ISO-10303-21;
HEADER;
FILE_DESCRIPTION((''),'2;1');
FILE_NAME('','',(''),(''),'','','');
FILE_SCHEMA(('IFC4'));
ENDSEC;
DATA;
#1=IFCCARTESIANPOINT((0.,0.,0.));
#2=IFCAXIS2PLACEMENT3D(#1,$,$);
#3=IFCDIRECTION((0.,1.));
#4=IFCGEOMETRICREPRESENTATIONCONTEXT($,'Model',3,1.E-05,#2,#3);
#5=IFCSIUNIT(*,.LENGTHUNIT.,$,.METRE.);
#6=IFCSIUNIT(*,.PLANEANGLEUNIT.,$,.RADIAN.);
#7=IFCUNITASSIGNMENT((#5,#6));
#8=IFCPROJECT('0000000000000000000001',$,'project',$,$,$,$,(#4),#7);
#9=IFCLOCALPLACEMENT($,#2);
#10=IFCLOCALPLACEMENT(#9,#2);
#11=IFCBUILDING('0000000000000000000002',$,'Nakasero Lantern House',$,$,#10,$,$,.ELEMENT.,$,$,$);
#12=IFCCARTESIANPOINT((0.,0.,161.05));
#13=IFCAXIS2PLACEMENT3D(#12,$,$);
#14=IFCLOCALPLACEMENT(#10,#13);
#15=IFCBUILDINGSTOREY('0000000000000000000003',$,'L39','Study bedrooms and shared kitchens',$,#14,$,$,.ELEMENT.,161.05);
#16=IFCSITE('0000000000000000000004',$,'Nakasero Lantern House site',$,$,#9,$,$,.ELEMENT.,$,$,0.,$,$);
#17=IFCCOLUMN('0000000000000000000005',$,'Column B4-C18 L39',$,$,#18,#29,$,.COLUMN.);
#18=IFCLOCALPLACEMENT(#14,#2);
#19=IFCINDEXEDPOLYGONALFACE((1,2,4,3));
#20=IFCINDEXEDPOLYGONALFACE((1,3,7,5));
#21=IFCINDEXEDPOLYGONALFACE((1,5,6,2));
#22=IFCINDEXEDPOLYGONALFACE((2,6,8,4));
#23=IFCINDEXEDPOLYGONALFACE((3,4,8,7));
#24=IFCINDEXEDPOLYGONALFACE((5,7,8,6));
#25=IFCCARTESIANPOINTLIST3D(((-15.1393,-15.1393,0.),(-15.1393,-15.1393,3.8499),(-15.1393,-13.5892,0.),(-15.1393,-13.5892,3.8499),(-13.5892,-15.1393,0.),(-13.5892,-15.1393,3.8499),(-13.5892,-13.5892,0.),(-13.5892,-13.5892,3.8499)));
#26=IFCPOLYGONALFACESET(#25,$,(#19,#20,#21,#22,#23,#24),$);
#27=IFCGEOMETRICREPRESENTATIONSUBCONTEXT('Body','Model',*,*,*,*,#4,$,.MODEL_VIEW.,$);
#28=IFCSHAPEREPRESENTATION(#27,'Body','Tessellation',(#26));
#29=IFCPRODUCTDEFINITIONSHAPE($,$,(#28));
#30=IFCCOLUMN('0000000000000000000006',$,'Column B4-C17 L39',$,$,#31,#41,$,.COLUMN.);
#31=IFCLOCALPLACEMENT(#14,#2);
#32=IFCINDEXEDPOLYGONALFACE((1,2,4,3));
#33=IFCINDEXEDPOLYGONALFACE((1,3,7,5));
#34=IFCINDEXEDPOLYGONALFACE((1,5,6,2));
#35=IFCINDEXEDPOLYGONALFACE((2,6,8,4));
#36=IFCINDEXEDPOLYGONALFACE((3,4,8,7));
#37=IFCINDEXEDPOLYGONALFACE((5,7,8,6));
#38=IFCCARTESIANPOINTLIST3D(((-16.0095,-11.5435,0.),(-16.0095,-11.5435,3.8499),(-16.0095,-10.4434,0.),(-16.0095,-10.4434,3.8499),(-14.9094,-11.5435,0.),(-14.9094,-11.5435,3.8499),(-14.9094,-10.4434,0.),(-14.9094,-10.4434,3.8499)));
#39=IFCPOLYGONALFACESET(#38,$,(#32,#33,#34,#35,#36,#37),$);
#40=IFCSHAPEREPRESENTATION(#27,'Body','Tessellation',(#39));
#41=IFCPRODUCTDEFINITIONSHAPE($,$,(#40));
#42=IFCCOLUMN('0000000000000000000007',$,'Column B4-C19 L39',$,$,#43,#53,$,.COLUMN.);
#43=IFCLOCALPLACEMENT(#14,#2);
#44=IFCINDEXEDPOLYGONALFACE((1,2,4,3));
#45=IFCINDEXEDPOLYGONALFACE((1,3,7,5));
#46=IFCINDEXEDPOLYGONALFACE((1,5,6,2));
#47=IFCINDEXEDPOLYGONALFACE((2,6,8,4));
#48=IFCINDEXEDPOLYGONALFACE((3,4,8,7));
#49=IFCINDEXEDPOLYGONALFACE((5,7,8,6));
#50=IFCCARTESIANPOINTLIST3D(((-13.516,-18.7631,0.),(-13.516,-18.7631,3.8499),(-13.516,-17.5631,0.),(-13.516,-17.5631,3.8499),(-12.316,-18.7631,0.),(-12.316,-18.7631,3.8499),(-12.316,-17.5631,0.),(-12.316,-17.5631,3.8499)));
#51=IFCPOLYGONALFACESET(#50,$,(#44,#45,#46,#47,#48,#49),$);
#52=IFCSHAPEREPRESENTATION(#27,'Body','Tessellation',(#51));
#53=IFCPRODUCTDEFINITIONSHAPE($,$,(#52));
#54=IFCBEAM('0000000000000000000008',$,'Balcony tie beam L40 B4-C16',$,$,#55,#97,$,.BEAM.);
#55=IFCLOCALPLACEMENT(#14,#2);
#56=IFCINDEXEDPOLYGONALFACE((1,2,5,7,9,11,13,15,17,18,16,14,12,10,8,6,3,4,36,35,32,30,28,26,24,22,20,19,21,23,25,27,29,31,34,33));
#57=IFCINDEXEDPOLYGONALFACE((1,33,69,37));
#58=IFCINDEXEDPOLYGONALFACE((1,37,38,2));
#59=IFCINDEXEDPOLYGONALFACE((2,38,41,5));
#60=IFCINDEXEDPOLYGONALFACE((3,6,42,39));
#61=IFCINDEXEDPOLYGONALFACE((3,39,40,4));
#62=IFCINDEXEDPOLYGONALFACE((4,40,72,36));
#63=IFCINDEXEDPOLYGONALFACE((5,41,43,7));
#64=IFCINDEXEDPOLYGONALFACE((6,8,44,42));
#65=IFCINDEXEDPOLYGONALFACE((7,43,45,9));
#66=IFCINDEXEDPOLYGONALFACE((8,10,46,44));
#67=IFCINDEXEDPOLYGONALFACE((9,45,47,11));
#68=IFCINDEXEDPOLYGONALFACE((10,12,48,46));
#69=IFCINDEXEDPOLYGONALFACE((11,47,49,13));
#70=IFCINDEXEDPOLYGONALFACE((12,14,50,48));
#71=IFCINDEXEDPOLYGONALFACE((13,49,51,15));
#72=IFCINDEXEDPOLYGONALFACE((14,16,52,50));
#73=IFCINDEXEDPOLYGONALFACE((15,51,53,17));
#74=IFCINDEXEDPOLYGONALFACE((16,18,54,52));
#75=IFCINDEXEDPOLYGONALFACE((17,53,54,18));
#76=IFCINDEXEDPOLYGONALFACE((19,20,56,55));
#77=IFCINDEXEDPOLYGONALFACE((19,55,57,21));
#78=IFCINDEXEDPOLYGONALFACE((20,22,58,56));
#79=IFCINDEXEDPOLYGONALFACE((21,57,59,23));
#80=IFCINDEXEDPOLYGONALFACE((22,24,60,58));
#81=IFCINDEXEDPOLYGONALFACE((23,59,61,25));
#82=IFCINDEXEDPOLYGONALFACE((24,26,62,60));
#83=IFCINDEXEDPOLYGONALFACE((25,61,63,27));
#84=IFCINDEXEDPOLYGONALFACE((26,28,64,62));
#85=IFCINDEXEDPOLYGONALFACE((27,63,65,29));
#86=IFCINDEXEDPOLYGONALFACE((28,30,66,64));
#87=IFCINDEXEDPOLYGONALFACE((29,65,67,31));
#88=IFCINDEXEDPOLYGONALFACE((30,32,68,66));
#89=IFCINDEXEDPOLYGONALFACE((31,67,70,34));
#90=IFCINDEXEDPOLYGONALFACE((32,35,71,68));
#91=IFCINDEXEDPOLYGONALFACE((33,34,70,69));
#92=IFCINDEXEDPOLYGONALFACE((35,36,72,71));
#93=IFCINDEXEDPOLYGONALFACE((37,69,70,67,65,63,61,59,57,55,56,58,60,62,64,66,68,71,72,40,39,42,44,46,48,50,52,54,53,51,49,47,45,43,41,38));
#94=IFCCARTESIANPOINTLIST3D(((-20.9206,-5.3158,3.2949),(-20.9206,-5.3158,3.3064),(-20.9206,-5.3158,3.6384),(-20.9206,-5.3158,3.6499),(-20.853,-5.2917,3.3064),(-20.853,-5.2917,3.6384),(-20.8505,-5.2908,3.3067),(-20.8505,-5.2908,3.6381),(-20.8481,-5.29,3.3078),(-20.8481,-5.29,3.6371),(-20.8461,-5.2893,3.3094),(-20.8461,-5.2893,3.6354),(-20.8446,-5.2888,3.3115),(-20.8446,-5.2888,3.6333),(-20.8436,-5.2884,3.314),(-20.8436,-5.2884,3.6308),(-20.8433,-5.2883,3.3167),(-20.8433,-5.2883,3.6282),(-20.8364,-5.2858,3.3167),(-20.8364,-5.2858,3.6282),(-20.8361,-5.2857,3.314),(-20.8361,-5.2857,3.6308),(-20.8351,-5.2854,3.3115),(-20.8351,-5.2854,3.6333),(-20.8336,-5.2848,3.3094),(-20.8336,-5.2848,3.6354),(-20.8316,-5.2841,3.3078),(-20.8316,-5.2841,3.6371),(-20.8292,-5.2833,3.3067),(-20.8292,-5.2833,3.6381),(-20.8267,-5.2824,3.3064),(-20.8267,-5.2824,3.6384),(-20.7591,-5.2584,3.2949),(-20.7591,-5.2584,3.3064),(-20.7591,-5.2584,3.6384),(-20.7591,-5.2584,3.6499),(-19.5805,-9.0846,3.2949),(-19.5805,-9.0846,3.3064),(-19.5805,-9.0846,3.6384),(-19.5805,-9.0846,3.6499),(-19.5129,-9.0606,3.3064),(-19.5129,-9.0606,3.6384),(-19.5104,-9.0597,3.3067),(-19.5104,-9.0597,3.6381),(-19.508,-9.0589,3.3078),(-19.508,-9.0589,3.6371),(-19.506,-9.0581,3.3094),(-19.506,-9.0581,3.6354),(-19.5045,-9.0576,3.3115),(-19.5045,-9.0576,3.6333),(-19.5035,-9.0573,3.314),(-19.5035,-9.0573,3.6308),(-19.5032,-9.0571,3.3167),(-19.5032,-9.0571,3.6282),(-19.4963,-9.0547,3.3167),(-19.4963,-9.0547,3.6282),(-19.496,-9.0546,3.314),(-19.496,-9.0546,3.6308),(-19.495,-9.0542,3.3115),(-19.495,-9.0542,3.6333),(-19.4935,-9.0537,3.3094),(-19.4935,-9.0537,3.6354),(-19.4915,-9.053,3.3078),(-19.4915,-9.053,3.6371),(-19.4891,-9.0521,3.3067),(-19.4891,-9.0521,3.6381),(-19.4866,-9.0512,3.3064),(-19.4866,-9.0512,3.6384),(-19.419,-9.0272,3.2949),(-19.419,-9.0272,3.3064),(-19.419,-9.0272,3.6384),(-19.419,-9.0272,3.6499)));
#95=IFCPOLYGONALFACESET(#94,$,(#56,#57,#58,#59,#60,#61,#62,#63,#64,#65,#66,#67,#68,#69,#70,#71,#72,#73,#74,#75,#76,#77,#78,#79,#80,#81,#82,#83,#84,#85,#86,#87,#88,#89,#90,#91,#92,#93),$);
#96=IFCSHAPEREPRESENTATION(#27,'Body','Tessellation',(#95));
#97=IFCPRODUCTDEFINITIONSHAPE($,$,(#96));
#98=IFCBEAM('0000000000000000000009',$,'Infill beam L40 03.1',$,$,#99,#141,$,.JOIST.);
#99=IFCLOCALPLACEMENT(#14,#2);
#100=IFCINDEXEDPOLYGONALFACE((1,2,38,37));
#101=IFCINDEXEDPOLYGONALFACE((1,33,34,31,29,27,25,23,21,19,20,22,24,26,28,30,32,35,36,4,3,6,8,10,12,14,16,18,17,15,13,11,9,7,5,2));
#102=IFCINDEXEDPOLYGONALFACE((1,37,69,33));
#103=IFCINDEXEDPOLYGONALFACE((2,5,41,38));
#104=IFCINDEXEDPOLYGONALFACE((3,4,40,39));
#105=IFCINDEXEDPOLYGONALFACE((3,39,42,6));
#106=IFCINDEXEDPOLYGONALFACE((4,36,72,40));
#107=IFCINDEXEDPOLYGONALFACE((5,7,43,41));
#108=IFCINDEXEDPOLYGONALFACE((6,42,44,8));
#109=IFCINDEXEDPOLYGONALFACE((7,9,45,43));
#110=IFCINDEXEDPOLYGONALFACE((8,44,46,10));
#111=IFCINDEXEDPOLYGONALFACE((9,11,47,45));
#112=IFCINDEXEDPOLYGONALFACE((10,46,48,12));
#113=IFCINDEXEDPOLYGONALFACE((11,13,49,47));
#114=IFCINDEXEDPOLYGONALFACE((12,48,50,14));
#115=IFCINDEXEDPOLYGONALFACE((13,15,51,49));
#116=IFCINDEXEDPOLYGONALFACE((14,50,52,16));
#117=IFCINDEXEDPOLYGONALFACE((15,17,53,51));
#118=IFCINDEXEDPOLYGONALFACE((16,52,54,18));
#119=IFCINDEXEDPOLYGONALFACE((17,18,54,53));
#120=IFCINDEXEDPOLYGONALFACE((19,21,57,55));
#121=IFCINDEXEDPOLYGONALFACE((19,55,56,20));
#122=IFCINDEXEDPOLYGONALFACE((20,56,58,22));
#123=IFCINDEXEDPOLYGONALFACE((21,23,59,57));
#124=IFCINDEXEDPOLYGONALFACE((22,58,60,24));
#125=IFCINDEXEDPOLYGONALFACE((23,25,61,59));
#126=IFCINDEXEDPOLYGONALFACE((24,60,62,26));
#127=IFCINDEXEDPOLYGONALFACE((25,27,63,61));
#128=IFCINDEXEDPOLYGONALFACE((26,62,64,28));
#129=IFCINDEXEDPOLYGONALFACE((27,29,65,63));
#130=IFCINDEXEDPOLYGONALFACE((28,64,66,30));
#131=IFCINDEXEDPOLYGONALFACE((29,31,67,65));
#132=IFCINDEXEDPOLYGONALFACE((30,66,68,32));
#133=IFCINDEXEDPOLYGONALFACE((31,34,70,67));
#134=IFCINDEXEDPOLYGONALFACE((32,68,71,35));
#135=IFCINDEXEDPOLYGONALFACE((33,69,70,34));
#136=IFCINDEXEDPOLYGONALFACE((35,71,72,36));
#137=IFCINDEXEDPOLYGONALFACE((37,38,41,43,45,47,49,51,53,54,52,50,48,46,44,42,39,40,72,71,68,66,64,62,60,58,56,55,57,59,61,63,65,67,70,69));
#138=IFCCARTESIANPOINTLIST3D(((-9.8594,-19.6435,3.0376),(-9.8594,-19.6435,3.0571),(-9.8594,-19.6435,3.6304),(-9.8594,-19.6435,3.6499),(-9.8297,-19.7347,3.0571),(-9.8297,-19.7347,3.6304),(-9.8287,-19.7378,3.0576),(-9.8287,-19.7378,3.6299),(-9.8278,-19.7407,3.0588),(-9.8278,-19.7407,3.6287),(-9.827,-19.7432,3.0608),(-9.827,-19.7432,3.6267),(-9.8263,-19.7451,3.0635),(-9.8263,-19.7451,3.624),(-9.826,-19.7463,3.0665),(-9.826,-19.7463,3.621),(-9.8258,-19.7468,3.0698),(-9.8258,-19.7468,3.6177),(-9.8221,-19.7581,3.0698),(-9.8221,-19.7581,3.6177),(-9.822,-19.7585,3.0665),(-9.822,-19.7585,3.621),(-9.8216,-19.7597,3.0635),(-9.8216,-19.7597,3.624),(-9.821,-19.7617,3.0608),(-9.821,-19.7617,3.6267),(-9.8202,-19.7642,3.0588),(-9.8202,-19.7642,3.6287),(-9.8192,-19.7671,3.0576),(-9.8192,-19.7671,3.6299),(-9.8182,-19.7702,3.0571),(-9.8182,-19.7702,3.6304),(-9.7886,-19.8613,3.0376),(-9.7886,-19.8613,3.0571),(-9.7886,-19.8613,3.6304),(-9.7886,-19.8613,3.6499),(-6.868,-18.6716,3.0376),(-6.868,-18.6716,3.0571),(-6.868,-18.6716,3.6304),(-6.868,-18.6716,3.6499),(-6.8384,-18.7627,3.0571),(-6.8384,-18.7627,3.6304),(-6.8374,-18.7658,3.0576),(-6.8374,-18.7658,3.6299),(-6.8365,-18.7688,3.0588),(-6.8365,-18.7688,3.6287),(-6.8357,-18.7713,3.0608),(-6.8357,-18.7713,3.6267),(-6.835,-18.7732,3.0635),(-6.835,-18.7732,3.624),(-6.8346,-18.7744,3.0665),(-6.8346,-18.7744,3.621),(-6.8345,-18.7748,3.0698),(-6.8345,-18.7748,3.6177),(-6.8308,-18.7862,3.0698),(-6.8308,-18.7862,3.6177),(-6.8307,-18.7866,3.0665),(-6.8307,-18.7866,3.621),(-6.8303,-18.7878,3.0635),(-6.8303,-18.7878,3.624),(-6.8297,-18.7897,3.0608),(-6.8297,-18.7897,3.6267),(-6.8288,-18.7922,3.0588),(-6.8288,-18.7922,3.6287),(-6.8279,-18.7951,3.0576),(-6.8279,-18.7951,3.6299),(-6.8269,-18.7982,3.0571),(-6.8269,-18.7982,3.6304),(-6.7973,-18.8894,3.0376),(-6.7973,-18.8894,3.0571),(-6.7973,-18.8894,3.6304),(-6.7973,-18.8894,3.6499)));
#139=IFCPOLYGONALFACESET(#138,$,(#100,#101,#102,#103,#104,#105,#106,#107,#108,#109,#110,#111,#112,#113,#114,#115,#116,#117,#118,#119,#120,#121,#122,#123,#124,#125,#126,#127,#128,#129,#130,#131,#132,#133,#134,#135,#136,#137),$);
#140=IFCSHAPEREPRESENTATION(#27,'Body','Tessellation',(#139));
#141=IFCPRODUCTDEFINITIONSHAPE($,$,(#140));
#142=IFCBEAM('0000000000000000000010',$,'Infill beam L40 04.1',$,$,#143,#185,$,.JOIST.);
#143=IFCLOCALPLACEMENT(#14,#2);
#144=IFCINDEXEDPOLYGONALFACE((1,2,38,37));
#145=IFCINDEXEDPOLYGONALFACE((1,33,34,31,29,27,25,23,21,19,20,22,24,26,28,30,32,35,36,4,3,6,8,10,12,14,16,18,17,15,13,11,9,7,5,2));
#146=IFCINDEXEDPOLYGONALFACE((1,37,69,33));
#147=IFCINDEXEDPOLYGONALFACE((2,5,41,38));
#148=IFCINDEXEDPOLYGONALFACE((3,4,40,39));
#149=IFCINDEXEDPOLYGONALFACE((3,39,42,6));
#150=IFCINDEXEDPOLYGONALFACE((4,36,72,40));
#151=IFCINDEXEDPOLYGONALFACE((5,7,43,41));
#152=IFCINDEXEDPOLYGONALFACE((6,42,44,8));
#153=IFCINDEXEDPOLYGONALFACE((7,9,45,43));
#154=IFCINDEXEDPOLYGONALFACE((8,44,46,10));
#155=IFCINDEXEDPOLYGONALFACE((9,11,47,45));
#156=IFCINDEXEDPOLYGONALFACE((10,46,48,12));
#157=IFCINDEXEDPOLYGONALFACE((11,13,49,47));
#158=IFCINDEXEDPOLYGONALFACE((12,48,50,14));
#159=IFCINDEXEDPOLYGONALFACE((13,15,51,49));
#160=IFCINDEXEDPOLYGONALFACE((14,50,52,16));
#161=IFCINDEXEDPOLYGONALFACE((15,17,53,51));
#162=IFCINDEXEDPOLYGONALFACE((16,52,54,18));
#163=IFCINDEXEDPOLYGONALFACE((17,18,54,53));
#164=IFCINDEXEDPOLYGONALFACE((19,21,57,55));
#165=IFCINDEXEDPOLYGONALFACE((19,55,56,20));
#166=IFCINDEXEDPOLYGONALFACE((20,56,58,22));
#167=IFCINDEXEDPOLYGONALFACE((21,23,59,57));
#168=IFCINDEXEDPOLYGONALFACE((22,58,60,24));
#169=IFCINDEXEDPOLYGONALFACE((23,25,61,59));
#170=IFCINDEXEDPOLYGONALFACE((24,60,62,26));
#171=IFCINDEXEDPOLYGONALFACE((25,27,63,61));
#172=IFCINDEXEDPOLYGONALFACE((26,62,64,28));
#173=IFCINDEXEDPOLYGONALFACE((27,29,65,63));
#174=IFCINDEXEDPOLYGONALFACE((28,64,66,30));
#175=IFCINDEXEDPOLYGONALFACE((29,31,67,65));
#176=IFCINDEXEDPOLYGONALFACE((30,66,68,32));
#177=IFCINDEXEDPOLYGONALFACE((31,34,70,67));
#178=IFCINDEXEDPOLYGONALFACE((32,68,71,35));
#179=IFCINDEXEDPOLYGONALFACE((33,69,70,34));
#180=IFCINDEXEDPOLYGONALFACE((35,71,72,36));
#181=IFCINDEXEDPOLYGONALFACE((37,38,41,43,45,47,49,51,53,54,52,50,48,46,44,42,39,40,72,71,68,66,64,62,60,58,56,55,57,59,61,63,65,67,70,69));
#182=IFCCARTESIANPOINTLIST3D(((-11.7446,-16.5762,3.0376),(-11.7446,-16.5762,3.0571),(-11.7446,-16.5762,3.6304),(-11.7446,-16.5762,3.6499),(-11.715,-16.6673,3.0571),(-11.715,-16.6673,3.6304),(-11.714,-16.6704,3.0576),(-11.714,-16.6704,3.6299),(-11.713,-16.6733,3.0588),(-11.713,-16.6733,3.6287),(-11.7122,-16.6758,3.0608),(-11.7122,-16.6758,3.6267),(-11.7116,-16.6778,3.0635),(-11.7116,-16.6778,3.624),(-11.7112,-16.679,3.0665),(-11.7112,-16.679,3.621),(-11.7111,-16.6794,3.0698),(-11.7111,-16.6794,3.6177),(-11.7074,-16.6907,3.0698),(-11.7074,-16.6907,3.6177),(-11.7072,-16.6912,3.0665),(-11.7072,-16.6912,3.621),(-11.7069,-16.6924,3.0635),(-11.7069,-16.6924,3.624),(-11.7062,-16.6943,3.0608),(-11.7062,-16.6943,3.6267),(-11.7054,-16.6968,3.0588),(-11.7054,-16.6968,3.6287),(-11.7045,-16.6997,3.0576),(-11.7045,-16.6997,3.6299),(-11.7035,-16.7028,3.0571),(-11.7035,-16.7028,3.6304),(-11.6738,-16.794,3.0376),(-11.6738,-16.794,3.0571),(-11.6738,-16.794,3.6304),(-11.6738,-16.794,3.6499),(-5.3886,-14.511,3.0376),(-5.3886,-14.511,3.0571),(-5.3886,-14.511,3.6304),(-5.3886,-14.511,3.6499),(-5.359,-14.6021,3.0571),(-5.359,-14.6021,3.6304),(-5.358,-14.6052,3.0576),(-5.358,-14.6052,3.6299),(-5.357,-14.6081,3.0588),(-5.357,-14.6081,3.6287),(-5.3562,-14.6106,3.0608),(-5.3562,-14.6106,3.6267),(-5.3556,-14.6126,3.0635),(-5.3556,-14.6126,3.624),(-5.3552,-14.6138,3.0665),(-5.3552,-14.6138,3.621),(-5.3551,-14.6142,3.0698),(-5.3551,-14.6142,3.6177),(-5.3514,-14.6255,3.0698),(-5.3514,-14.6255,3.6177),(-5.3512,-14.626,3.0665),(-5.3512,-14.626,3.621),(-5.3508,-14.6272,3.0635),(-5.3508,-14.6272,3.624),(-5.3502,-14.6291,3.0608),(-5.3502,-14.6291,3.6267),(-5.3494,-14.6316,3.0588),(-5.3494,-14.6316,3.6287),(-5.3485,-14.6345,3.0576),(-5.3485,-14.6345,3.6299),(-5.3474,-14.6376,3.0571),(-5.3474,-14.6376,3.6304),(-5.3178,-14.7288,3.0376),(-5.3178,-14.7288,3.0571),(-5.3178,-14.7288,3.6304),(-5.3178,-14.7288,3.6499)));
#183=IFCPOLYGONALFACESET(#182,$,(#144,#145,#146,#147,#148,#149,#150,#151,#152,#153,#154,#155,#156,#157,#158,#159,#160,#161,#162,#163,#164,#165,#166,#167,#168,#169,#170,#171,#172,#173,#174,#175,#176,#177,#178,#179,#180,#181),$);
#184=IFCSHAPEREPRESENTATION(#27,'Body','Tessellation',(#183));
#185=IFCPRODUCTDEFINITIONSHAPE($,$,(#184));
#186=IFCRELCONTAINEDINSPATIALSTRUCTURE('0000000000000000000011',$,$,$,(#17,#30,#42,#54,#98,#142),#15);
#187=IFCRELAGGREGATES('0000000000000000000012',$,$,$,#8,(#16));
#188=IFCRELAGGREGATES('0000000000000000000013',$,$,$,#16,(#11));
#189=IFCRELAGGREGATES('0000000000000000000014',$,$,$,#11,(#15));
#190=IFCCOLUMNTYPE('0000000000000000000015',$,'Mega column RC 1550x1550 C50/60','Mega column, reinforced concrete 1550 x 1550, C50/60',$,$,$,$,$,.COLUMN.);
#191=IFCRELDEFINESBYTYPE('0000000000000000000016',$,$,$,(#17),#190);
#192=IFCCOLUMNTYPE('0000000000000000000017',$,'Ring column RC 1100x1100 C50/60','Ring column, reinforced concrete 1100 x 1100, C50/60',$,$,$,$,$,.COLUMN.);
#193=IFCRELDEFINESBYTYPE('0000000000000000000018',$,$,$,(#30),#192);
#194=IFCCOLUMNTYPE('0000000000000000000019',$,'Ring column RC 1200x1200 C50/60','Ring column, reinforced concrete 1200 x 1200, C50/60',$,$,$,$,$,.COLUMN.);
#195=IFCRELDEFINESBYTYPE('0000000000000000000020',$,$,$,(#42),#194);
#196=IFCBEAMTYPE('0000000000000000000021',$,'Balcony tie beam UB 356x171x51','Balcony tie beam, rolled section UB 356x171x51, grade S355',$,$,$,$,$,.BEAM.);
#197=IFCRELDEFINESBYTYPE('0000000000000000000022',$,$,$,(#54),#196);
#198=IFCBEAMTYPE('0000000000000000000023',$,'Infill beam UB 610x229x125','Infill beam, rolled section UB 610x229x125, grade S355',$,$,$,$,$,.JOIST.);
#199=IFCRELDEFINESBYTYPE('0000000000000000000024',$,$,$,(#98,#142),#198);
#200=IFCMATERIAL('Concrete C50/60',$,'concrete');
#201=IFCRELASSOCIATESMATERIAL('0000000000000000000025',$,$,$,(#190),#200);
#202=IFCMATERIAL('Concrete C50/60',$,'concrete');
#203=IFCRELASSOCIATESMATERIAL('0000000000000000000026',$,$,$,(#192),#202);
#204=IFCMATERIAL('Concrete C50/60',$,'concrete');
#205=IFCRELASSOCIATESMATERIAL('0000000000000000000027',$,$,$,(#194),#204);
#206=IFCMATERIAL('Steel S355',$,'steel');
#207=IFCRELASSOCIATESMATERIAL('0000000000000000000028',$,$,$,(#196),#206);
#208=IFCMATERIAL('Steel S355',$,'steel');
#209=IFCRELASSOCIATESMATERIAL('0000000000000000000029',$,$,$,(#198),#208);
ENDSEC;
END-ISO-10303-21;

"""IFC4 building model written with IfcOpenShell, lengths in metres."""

from ifc_helpers import new_model, si_unit, direction, frame, origin, origin_2d, place, context, subcontext, project, spatial, rectangle, i_section, extrude, material, material_profile, profile_set, type_object, element, save


model = new_model("IFC4")

# Units and contexts
model_context = context("Model", 3, precision=1e-05, world=origin(), true_north=direction((0.0, 1.0)))
body_context = subcontext(model_context, "Body", "Model", "MODEL_VIEW")
ifc_project = project(units=[si_unit("LENGTHUNIT", "METRE"), si_unit("PLANEANGLEUNIT", "RADIAN")], contexts=[model_context])

# Site, building, storey
site_placement = place(None, origin())
site = spatial("IfcSite", under=ifc_project, at=site_placement, Name="Nakasero Lantern House site", CompositionType="ELEMENT", RefElevation=0.0)
building_placement = place(site_placement, origin())
building = spatial("IfcBuilding", under=site, at=building_placement, Name="Nakasero Lantern House", CompositionType="ELEMENT")
storey_placement = place(building_placement, frame((0.0, 0.0, 161.05)))
storey = spatial("IfcBuildingStorey", under=building, at=storey_placement, Name="L39", Description="Study bedrooms and shared kitchens", CompositionType="ELEMENT", Elevation=161.05)

# Columns
ifc_material_1 = material(Name="Concrete C50/60", Category="concrete")
ifc_material_profile_1 = material_profile(ifc_material_1, rectangle(XDim=1.55, YDim=1.55, at=origin_2d()), Name="RC 1550x1550")
ifc_profile_set_1 = profile_set([ifc_material_profile_1], Name="Concrete C50/60")
column_type_1 = type_object("IfcColumnType", Name="Mega column RC 1550x1550 C50/60", Description="Mega column, reinforced concrete 1550 x 1550, C50/60", PredefinedType="COLUMN", material=ifc_profile_set_1)
column_1_placement = place(storey_placement, frame((-14.3643, -14.3643, 0.0), z_axis=(0.0, 0.0, 1.0), x_axis=(1.0, 0.0, 0.0)))
element("IfcColumn", 1, at=column_1_placement, inside=storey, type_object=column_type_1, Name="Column B4-C18 L39", PredefinedType="COLUMN", context=body_context, shape_type="SweptSolid", body=[
    extrude(rectangle(XDim=1.55, YDim=1.55, at=origin_2d()), origin(), (0.0, 0.0, 1.0), 3.8499),
])
ifc_material_2 = material(Name="Concrete C50/60", Category="concrete")
ifc_material_profile_2 = material_profile(ifc_material_2, rectangle(XDim=1.1001, YDim=1.1001, at=origin_2d()), Name="RC 1100x1100")
ifc_profile_set_2 = profile_set([ifc_material_profile_2], Name="Concrete C50/60")
column_type_2 = type_object("IfcColumnType", Name="Ring column RC 1100x1100 C50/60", Description="Ring column, reinforced concrete 1100 x 1100, C50/60", PredefinedType="COLUMN", material=ifc_profile_set_2)
column_2_placement = place(storey_placement, frame((-15.4595, -10.9934, 0.0), z_axis=(0.0, 0.0, 1.0), x_axis=(1.0, 0.0, 0.0)))
element("IfcColumn", 2, at=column_2_placement, inside=storey, type_object=column_type_2, Name="Column B4-C17 L39", PredefinedType="COLUMN", context=body_context, shape_type="SweptSolid", body=[
    extrude(rectangle(XDim=1.1001, YDim=1.1001, at=origin_2d()), origin(), (0.0, 0.0, 1.0), 3.8499),
])
ifc_material_3 = material(Name="Concrete C50/60", Category="concrete")
ifc_material_profile_3 = material_profile(ifc_material_3, rectangle(XDim=1.2, YDim=1.2, at=origin_2d()), Name="RC 1200x1200")
ifc_profile_set_3 = profile_set([ifc_material_profile_3], Name="Concrete C50/60")
column_type_3 = type_object("IfcColumnType", Name="Ring column RC 1200x1200 C50/60", Description="Ring column, reinforced concrete 1200 x 1200, C50/60", PredefinedType="COLUMN", material=ifc_profile_set_3)
column_3_placement = place(storey_placement, frame((-12.916, -18.1631, 0.0), z_axis=(0.0, 0.0, 1.0), x_axis=(1.0, 0.0, 0.0)))
element("IfcColumn", 3, at=column_3_placement, inside=storey, type_object=column_type_3, Name="Column B4-C19 L39", PredefinedType="COLUMN", context=body_context, shape_type="SweptSolid", body=[
    extrude(rectangle(XDim=1.2, YDim=1.2, at=origin_2d()), origin(), (0.0, 0.0, 1.0), 3.8499),
])

# Beams
ifc_material_4 = material(Name="Steel S355", Category="steel")
ifc_material_profile_4 = material_profile(ifc_material_4, i_section(OverallWidth=0.1714, OverallDepth=0.355, WebThickness=0.0073, FlangeThickness=0.0115, FilletRadius=0.0103, at=origin_2d()), Name="UB 356x171x51")
ifc_profile_set_4 = profile_set([ifc_material_profile_4], Name="Steel S355")
beam_type_1 = type_object("IfcBeamType", Name="Balcony tie beam UB 356x171x51", Description="Balcony tie beam, rolled section UB 356x171x51, grade S355", PredefinedType="BEAM", material=ifc_profile_set_4)
beam_1_placement = place(storey_placement, frame((-19.4998, -9.0559, 3.4724), z_axis=(-0.335025, 0.942209, 0.0), x_axis=(-0.942209, -0.335025, 0.0)))
element("IfcBeam", 4, at=beam_1_placement, inside=storey, type_object=beam_type_1, Name="Balcony tie beam L40 B4-C16", PredefinedType="BEAM", context=body_context, shape_type="SweptSolid", body=[
    extrude(i_section(OverallWidth=0.1714, OverallDepth=0.355, WebThickness=0.0073, FlangeThickness=0.0115, FilletRadius=0.0103, at=origin_2d()), origin(), (0.0, 0.0, 1.0), 4.0),
])
ifc_material_5 = material(Name="Steel S355", Category="steel")
ifc_material_profile_5 = material_profile(ifc_material_5, i_section(OverallWidth=0.229, OverallDepth=0.6123, WebThickness=0.012, FlangeThickness=0.0195, FilletRadius=0.0127, at=origin_2d()), Name="UB 610x229x125")
ifc_profile_set_5 = profile_set([ifc_material_profile_5], Name="Steel S355")
beam_type_2 = type_object("IfcBeamType", Name="Infill beam UB 610x229x125", Description="Infill beam, rolled section UB 610x229x125, grade S355", PredefinedType="JOIST", material=ifc_profile_set_5)
beam_2_placement = place(storey_placement, frame((-9.824, -19.7524, 3.3438), z_axis=(0.951055, 0.309023, 0.0), x_axis=(-0.309023, 0.951055, 0.0)))
element("IfcBeam", 5, at=beam_2_placement, inside=storey, type_object=beam_type_2, Name="Infill beam L40 03.1", PredefinedType="JOIST", context=body_context, shape_type="SweptSolid", body=[
    extrude(i_section(OverallWidth=0.229, OverallDepth=0.6123, WebThickness=0.012, FlangeThickness=0.0195, FilletRadius=0.0127, at=origin_2d()), origin(), (0.0, 0.0, 1.0), 3.1453),
])
beam_3_placement = place(storey_placement, frame((-11.7092, -16.6851, 3.3438), z_axis=(0.951056, 0.309018, 0.0), x_axis=(-0.309018, 0.951056, 0.0)))
element("IfcBeam", 6, at=beam_3_placement, inside=storey, type_object=beam_type_2, Name="Infill beam L40 04.1", PredefinedType="JOIST", context=body_context, shape_type="SweptSolid", body=[
    extrude(i_section(OverallWidth=0.229, OverallDepth=0.6123, WebThickness=0.012, FlangeThickness=0.0195, FilletRadius=0.0127, at=origin_2d()), origin(), (0.0, 0.0, 1.0), 6.6831),
])

save(model, "model.ifc")
